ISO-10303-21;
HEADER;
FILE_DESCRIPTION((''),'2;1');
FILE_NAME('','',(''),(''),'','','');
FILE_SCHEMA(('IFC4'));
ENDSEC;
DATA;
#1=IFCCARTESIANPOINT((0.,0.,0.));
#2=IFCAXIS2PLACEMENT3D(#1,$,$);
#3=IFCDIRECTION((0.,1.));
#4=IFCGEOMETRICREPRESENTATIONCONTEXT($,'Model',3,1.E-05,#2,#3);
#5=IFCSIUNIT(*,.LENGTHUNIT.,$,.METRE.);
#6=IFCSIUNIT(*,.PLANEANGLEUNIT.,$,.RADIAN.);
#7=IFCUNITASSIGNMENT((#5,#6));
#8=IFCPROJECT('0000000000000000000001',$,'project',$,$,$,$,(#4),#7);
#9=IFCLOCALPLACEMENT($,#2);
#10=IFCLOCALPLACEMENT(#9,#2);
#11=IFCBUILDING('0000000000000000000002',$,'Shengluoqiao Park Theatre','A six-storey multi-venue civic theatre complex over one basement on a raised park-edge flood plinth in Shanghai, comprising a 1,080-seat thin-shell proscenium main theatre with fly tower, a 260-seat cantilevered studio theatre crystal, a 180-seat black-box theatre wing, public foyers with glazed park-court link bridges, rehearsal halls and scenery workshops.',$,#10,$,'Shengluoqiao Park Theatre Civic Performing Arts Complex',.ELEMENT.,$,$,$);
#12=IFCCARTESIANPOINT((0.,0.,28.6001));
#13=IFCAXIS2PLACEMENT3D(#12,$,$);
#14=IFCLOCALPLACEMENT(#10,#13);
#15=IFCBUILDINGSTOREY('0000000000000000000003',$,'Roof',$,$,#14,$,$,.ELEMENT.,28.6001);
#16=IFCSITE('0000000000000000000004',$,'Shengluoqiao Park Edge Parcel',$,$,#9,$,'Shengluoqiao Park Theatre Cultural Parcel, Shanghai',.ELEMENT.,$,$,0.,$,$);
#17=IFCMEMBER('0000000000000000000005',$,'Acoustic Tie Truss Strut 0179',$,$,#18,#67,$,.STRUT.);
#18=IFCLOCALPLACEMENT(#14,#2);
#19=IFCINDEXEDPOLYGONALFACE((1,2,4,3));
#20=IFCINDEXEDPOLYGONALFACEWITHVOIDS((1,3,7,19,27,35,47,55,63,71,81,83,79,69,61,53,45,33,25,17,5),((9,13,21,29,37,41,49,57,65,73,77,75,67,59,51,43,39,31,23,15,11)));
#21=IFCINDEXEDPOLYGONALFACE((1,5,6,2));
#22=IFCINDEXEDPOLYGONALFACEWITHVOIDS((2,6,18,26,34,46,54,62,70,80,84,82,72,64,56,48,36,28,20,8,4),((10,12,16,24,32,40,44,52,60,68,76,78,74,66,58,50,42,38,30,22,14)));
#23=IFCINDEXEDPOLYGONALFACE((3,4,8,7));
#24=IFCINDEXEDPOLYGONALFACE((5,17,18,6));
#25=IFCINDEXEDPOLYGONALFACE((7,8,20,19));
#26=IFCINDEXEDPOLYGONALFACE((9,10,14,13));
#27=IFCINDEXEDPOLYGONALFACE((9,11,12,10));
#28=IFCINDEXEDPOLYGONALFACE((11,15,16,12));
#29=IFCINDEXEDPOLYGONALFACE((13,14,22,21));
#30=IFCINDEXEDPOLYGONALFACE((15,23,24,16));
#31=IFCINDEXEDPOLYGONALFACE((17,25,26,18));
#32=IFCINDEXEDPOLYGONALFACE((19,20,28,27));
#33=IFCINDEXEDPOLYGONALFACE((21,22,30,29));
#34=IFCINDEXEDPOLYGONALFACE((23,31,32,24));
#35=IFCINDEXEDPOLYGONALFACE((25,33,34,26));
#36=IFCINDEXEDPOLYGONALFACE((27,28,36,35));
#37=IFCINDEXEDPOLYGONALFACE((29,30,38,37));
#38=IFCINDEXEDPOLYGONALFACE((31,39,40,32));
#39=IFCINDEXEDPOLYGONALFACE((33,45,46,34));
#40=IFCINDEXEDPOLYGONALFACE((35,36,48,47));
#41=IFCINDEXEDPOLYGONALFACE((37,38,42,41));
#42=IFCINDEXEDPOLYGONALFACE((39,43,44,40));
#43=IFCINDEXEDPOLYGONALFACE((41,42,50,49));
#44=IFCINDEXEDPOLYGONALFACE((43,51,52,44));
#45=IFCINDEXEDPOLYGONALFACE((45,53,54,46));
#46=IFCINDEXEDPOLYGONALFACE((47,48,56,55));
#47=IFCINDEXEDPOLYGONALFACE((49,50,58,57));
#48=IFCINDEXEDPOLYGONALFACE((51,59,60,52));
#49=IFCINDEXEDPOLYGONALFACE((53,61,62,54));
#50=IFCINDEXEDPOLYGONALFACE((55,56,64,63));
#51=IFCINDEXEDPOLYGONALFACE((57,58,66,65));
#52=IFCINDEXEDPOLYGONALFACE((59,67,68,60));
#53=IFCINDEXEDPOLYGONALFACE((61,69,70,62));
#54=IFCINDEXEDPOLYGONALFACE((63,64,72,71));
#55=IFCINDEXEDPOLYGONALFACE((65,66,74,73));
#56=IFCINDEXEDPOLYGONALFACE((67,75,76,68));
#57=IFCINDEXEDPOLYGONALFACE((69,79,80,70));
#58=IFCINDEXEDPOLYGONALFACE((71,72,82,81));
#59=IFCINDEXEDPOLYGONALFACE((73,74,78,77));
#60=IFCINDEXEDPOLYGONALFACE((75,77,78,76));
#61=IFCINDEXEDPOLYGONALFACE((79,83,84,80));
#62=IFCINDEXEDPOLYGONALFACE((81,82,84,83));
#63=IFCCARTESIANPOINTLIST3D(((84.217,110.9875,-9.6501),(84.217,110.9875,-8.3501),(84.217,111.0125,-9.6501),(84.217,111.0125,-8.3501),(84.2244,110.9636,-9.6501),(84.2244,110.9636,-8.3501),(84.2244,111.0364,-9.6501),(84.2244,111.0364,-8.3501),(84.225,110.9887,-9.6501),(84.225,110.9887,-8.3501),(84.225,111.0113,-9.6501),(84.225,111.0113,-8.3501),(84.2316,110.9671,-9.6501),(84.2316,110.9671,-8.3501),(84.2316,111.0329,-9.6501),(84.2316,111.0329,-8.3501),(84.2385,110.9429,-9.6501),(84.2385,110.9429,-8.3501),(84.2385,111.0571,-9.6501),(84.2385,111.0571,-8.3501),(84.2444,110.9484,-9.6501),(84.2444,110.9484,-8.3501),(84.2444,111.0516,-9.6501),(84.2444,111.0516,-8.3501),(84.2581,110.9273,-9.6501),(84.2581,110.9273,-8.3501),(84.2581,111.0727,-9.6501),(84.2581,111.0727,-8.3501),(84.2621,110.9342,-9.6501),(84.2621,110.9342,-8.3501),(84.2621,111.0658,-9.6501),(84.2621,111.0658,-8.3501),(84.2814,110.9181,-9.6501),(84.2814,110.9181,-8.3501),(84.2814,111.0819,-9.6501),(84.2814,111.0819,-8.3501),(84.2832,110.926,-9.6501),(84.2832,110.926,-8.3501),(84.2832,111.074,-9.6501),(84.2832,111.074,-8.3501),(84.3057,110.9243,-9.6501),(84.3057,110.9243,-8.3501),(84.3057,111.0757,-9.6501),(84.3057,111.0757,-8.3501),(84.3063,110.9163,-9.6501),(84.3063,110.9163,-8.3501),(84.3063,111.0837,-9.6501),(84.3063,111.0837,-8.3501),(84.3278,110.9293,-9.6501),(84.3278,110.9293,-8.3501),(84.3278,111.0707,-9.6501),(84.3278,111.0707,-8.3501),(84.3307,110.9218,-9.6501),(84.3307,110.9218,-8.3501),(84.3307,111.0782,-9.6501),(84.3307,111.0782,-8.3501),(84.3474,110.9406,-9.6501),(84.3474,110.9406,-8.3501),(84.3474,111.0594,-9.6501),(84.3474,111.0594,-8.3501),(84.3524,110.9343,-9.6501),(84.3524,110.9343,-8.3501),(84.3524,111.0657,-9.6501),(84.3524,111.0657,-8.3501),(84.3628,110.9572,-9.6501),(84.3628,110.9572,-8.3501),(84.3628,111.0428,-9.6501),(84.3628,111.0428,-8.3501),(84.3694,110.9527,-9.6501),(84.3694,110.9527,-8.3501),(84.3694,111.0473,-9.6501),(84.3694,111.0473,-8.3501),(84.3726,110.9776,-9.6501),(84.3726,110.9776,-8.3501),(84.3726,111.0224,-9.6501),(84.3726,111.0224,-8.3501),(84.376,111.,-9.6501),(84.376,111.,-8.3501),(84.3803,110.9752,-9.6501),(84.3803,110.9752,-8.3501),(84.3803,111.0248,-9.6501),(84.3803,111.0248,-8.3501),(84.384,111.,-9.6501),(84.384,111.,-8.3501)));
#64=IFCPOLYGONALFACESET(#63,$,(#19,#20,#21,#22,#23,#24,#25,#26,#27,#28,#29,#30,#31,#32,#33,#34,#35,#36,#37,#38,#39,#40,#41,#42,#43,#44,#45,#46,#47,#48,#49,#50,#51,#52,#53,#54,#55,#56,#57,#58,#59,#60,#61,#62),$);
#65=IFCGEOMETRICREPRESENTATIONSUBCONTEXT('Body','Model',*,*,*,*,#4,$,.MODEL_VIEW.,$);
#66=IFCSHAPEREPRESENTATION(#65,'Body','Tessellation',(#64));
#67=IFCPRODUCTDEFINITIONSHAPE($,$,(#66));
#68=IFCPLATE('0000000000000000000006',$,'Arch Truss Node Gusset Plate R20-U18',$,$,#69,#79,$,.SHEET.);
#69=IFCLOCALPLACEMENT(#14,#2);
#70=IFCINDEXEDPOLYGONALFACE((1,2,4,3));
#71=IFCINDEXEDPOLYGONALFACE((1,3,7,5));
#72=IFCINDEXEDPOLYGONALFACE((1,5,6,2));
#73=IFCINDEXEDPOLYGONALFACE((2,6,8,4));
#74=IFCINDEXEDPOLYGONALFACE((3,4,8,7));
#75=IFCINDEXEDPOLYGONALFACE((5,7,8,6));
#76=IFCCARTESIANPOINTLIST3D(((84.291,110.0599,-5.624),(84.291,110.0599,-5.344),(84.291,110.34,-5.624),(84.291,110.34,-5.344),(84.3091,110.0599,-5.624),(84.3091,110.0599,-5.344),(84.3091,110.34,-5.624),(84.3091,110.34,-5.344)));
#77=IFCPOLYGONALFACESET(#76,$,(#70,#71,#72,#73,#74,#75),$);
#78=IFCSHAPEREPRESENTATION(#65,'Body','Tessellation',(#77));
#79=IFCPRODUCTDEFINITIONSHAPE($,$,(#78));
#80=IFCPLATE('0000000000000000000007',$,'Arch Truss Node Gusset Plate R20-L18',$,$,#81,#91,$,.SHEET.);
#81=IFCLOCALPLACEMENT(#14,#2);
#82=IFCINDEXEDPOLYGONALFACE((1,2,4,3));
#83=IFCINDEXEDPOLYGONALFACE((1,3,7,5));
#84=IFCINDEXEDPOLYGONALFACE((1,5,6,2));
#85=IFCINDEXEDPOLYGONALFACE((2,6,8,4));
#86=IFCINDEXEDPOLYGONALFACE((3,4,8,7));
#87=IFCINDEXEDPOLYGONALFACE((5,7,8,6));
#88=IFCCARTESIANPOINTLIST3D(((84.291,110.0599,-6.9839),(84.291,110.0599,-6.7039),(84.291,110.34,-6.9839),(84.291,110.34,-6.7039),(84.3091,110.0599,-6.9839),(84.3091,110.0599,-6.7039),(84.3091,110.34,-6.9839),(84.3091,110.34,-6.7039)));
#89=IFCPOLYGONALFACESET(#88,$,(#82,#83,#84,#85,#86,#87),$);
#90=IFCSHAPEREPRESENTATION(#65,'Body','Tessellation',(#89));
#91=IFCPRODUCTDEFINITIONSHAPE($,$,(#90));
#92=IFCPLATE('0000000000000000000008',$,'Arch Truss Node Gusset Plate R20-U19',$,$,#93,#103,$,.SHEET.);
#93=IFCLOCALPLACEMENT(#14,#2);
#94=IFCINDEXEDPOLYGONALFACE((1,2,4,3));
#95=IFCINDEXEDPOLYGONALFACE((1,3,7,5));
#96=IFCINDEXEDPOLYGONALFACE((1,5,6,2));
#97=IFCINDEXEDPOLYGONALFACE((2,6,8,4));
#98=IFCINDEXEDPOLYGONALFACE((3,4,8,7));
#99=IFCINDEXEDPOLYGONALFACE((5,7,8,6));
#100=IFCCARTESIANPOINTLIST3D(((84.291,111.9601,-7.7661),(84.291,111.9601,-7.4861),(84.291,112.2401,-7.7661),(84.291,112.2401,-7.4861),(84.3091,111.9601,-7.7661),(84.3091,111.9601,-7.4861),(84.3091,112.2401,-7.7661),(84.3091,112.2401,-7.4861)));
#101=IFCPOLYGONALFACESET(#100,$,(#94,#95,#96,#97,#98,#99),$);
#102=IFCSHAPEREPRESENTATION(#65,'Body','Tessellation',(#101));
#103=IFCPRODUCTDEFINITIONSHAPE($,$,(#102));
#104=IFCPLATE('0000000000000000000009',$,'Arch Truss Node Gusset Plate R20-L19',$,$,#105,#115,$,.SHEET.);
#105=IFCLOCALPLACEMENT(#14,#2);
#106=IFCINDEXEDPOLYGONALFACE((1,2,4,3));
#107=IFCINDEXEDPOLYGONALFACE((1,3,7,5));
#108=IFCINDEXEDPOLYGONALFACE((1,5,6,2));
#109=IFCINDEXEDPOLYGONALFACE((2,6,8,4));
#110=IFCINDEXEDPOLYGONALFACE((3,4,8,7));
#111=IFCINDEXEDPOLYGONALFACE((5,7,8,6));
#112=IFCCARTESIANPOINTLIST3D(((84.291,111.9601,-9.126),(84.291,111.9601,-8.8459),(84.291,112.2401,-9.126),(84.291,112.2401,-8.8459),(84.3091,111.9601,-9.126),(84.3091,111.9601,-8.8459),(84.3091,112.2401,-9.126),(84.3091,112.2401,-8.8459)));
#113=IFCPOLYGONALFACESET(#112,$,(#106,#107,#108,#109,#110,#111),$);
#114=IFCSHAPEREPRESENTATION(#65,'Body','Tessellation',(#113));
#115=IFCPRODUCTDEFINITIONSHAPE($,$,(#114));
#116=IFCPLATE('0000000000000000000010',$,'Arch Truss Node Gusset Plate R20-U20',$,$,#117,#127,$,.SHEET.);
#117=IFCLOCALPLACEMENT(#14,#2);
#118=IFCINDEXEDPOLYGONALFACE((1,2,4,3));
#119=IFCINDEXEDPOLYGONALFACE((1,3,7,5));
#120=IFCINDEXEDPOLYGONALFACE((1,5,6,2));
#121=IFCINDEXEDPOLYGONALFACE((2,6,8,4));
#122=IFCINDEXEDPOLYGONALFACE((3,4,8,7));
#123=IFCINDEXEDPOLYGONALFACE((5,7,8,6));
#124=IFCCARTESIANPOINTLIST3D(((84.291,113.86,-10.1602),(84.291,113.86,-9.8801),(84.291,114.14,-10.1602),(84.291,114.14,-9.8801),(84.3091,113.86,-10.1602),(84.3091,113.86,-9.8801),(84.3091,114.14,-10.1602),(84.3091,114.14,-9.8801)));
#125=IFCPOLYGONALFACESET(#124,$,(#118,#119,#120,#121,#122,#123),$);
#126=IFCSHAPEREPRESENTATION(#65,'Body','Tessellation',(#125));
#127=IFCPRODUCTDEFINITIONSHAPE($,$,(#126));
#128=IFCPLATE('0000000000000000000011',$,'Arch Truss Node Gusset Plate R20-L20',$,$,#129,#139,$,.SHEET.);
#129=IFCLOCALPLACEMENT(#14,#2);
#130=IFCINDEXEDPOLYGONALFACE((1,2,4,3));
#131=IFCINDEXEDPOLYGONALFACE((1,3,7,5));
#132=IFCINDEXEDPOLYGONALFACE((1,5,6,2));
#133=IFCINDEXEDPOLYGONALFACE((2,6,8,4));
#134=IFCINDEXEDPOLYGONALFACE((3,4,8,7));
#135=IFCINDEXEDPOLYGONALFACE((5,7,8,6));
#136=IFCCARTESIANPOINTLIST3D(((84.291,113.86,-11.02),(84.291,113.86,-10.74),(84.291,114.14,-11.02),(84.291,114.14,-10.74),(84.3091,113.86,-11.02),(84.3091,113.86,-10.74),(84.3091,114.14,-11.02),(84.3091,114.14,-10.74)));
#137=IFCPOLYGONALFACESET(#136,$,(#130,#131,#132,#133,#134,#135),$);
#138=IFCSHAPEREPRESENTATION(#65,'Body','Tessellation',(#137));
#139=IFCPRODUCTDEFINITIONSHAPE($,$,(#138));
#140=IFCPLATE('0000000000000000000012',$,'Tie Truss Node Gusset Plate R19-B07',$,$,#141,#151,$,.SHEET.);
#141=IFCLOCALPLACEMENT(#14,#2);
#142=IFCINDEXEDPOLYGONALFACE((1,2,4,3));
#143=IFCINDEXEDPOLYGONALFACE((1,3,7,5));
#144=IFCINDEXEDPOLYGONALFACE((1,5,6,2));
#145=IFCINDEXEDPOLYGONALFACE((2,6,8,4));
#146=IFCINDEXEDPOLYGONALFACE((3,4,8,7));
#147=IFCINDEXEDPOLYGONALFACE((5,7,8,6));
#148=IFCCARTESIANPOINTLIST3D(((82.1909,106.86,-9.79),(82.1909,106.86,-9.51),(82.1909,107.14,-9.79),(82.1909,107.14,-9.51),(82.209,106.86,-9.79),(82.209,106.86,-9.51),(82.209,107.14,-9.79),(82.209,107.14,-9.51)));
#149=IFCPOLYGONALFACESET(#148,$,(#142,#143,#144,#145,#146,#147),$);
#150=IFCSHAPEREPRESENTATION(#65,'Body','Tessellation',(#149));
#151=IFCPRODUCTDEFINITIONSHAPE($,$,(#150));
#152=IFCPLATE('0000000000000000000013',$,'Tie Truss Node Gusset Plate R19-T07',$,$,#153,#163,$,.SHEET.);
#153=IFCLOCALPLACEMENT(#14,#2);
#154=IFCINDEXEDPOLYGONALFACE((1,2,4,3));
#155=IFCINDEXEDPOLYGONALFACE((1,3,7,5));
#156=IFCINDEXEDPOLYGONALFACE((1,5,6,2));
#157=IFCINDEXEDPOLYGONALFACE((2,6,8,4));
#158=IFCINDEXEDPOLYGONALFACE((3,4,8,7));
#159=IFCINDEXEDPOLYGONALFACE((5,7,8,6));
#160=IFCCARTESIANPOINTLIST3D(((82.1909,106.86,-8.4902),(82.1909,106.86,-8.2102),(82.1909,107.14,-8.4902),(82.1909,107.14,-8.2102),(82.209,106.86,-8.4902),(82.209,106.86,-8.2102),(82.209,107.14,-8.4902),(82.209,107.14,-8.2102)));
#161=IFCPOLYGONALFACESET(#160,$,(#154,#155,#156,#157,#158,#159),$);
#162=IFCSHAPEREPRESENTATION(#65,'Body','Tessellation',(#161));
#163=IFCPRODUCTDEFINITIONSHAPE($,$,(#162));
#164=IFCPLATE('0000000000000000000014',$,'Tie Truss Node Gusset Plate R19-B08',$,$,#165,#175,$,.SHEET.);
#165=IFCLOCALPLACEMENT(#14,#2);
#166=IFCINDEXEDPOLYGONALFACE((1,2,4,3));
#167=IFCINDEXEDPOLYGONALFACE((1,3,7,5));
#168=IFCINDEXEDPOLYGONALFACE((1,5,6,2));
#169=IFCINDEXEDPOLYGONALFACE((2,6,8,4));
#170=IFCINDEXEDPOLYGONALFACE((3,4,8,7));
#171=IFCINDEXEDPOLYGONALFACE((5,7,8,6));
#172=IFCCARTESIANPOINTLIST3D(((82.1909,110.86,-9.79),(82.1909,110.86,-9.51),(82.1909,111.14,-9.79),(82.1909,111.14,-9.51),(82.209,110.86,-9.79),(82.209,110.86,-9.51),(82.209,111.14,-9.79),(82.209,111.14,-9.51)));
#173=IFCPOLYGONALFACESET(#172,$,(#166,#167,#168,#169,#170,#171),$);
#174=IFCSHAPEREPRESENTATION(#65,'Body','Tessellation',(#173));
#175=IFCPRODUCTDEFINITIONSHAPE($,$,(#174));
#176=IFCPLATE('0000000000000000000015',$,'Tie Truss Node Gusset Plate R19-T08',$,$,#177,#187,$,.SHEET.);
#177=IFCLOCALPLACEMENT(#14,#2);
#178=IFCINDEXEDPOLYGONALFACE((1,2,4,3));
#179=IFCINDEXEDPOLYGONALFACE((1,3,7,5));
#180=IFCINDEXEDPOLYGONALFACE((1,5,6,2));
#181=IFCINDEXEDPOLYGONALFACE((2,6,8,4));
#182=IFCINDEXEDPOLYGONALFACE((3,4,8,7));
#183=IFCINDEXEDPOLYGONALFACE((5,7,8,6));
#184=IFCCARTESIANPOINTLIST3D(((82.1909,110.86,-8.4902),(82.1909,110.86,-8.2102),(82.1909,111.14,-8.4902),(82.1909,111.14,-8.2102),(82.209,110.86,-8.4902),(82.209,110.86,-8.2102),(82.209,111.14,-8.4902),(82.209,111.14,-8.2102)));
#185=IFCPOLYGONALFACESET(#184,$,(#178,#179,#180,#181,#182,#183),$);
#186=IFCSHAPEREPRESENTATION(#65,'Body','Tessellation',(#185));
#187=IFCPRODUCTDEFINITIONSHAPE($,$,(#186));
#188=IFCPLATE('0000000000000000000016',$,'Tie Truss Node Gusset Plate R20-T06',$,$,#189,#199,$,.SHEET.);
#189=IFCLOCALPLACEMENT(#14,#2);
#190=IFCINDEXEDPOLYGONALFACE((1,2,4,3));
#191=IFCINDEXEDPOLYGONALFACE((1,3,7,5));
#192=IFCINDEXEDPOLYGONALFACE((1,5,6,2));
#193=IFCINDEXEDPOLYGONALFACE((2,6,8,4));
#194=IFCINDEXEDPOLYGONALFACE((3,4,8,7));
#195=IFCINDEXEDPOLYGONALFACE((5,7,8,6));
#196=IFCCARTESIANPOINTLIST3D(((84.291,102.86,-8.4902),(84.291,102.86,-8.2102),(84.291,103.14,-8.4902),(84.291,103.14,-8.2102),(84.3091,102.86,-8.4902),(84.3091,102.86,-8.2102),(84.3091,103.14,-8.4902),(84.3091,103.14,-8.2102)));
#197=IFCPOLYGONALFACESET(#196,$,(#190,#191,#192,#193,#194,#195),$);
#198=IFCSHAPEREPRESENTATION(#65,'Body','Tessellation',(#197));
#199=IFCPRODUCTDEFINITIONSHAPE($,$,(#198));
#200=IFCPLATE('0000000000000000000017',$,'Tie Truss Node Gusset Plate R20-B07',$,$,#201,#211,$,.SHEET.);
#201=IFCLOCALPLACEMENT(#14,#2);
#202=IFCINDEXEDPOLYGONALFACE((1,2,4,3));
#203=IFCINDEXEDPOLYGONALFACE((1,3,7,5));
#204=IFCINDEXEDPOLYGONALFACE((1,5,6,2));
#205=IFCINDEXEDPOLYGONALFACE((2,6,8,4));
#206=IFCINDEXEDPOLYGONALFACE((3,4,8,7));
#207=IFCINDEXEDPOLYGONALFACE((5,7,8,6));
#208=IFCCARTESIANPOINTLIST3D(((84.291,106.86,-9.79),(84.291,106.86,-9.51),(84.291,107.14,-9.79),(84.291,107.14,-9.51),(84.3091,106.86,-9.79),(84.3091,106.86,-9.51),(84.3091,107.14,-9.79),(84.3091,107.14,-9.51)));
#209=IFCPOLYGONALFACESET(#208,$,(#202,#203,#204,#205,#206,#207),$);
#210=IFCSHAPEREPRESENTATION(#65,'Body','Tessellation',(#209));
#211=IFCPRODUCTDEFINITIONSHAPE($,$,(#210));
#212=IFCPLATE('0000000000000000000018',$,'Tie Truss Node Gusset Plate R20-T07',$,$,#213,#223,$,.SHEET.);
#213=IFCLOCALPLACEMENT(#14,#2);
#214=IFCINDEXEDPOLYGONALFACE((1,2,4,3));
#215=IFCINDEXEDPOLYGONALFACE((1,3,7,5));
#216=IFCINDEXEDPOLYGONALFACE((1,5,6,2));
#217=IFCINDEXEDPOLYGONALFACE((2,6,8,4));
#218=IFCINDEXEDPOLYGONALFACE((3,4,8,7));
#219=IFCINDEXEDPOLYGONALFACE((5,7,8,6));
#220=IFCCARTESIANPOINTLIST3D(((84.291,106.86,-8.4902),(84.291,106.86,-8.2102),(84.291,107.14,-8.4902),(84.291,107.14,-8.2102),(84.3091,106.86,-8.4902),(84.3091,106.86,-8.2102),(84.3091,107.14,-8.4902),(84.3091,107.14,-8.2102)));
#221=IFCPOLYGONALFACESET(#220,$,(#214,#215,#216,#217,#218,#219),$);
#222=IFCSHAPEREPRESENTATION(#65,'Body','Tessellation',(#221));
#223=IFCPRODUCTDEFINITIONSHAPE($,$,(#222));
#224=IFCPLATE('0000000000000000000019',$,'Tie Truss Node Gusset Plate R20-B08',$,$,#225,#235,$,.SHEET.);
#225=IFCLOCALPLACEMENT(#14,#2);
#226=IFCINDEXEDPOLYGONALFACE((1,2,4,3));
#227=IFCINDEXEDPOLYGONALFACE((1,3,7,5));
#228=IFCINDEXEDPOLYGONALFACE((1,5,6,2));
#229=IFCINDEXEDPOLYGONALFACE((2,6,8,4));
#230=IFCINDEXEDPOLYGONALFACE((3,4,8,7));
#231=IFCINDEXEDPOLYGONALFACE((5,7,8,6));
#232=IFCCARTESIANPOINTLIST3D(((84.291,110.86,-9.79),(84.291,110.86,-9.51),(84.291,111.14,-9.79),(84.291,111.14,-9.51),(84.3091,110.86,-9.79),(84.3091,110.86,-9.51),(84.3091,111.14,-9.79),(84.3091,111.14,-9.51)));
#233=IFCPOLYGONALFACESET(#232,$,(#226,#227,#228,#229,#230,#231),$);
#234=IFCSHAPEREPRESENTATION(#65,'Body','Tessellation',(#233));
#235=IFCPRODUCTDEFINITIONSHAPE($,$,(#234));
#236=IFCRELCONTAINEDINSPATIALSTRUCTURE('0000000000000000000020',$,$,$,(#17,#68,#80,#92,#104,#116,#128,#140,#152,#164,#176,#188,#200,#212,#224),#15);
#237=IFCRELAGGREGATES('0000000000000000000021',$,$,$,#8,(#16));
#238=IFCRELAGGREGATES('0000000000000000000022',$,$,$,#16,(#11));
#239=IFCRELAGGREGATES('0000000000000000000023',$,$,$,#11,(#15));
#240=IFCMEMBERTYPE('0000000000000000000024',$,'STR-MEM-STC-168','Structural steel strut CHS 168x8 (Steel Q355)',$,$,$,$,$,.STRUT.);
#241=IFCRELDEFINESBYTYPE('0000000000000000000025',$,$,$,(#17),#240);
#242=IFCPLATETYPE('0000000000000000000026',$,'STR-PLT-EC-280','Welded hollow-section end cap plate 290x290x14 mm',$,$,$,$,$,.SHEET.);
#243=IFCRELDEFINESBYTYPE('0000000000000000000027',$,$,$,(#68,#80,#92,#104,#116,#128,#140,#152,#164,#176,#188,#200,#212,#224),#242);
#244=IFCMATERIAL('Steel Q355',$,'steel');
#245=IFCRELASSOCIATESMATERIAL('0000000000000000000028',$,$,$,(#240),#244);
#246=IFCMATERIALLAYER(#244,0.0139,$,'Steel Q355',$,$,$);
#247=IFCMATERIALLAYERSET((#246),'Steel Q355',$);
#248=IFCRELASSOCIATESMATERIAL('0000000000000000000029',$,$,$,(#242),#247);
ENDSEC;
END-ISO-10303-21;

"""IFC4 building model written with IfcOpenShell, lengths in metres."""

from ifc_helpers import new_model, si_unit, direction, frame, origin, origin_2d, place, context, subcontext, project, spatial, rectangle, hollow_circle, extrude, material, layer, layer_set, material_profile, profile_set, type_object, element, save


model = new_model("IFC4")

# Units and contexts
model_context = context("Model", 3, precision=1e-05, world=origin(), true_north=direction((0.0, 1.0)))
body_context = subcontext(model_context, "Body", "Model", "MODEL_VIEW")
ifc_project = project(units=[si_unit("LENGTHUNIT", "METRE"), si_unit("PLANEANGLEUNIT", "RADIAN")], contexts=[model_context])

# Site, building, storey
site_placement = place(None, origin())
site = spatial("IfcSite", under=ifc_project, at=site_placement, Name="Shengluoqiao Park Edge Parcel", LongName="Shengluoqiao Park Theatre Cultural Parcel, Shanghai", CompositionType="ELEMENT", RefElevation=0.0)
building_placement = place(site_placement, origin())
building = spatial("IfcBuilding", under=site, at=building_placement, Name="Shengluoqiao Park Theatre", Description="A six-storey multi-venue civic theatre complex over one basement on a raised park-edge flood plinth in Shanghai, comprising a 1,080-seat thin-shell proscenium main theatre with fly tower, a 260-seat cantilevered studio theatre crystal, a 180-seat black-box theatre wing, public foyers with glazed park-court link bridges, rehearsal halls and scenery workshops.", LongName="Shengluoqiao Park Theatre Civic Performing Arts Complex", CompositionType="ELEMENT")
storey_placement = place(building_placement, frame((0.0, 0.0, 28.6001)))
storey = spatial("IfcBuildingStorey", under=building, at=storey_placement, Name="Roof", CompositionType="ELEMENT", Elevation=28.6001)

# Shared definitions
ifc_material_1 = material(Name="Steel Q355", Category="steel")

# Member
ifc_material_profile_1 = material_profile(ifc_material_1, hollow_circle(Radius=0.084, WallThickness=0.0081, at=origin_2d()), Name="CHS 168x8")
ifc_profile_set_1 = profile_set([ifc_material_profile_1], Name="Steel Q355")
member_type_1 = type_object("IfcMemberType", Name="STR-MEM-STC-168", Description="Structural steel strut CHS 168x8 (Steel Q355)", PredefinedType="STRUT", material=ifc_profile_set_1)
for number, where, z_axis, x_axis, name in (
    (1, (84.3, 111.0, -9.6501), (0.0, 0.0, 1.0), (1.0, 0.0, 0.0), "Acoustic Tie Truss Strut 0179"),
):
    element("IfcMember", number, at=place(storey_placement, frame(where, z_axis=z_axis, x_axis=x_axis)), inside=storey, type_object=member_type_1, Name=name, PredefinedType="STRUT", context=body_context, shape_type="SweptSolid", body=[
        extrude(hollow_circle(Radius=0.084, WallThickness=0.0081, at=origin_2d()), origin(), (0.0, 0.0, 1.0), 1.3),
    ])

# Plates
ifc_layer_1 = layer(ifc_material_1, 0.0139, Name="Steel Q355")
ifc_layer_set_1 = layer_set([ifc_layer_1], Name="Steel Q355")
plate_type_1 = type_object("IfcPlateType", Name="STR-PLT-EC-280", Description="Welded hollow-section end cap plate 290x290x14 mm", PredefinedType="SHEET", material=ifc_layer_set_1)
for number, where, z_axis, x_axis, name in (
    (2, (84.3, 110.2, -5.624), (0.0, 0.0, 1.0), (1.0, 0.0, 0.0), "Arch Truss Node Gusset Plate R20-U18"),
    (3, (84.3, 110.2, -6.9839), (0.0, 0.0, 1.0), (1.0, 0.0, 0.0), "Arch Truss Node Gusset Plate R20-L18"),
    (4, (84.3, 112.1001, -7.7661), (0.0, 0.0, 1.0), (1.0, 0.0, 0.0), "Arch Truss Node Gusset Plate R20-U19"),
    (5, (84.3, 112.1001, -9.126), (0.0, 0.0, 1.0), (1.0, 0.0, 0.0), "Arch Truss Node Gusset Plate R20-L19"),
    (6, (84.3, 114.0, -10.1602), (0.0, 0.0, 1.0), (1.0, 0.0, 0.0), "Arch Truss Node Gusset Plate R20-U20"),
    (7, (84.3, 114.0, -11.02), (0.0, 0.0, 1.0), (1.0, 0.0, 0.0), "Arch Truss Node Gusset Plate R20-L20"),
    (8, (82.2, 107.0, -9.79), (0.0, 0.0, 1.0), (1.0, 0.0, 0.0), "Tie Truss Node Gusset Plate R19-B07"),
    (9, (82.2, 107.0, -8.4902), (0.0, 0.0, 1.0), (1.0, 0.0, 0.0), "Tie Truss Node Gusset Plate R19-T07"),
    (10, (82.2, 111.0, -9.79), (0.0, 0.0, 1.0), (1.0, 0.0, 0.0), "Tie Truss Node Gusset Plate R19-B08"),
    (11, (82.2, 111.0, -8.4902), (0.0, 0.0, 1.0), (1.0, 0.0, 0.0), "Tie Truss Node Gusset Plate R19-T08"),
    (12, (84.3, 103.0, -8.4902), (0.0, 0.0, 1.0), (1.0, 0.0, 0.0), "Tie Truss Node Gusset Plate R20-T06"),
    (13, (84.3, 107.0, -9.79), (0.0, 0.0, 1.0), (1.0, 0.0, 0.0), "Tie Truss Node Gusset Plate R20-B07"),
    (14, (84.3, 107.0, -8.4902), (0.0, 0.0, 1.0), (1.0, 0.0, 0.0), "Tie Truss Node Gusset Plate R20-T07"),
    (15, (84.3, 111.0, -9.79), (0.0, 0.0, 1.0), (1.0, 0.0, 0.0), "Tie Truss Node Gusset Plate R20-B08"),
):
    element("IfcPlate", number, at=place(storey_placement, frame(where, z_axis=z_axis, x_axis=x_axis)), inside=storey, type_object=plate_type_1, Name=name, PredefinedType="SHEET", context=body_context, shape_type="SweptSolid", body=[
        extrude(rectangle(XDim=0.0181, YDim=0.28, at=origin_2d()), origin(), (0.0, 0.0, 1.0), 0.28),
    ])

save(model, "model.ifc")
